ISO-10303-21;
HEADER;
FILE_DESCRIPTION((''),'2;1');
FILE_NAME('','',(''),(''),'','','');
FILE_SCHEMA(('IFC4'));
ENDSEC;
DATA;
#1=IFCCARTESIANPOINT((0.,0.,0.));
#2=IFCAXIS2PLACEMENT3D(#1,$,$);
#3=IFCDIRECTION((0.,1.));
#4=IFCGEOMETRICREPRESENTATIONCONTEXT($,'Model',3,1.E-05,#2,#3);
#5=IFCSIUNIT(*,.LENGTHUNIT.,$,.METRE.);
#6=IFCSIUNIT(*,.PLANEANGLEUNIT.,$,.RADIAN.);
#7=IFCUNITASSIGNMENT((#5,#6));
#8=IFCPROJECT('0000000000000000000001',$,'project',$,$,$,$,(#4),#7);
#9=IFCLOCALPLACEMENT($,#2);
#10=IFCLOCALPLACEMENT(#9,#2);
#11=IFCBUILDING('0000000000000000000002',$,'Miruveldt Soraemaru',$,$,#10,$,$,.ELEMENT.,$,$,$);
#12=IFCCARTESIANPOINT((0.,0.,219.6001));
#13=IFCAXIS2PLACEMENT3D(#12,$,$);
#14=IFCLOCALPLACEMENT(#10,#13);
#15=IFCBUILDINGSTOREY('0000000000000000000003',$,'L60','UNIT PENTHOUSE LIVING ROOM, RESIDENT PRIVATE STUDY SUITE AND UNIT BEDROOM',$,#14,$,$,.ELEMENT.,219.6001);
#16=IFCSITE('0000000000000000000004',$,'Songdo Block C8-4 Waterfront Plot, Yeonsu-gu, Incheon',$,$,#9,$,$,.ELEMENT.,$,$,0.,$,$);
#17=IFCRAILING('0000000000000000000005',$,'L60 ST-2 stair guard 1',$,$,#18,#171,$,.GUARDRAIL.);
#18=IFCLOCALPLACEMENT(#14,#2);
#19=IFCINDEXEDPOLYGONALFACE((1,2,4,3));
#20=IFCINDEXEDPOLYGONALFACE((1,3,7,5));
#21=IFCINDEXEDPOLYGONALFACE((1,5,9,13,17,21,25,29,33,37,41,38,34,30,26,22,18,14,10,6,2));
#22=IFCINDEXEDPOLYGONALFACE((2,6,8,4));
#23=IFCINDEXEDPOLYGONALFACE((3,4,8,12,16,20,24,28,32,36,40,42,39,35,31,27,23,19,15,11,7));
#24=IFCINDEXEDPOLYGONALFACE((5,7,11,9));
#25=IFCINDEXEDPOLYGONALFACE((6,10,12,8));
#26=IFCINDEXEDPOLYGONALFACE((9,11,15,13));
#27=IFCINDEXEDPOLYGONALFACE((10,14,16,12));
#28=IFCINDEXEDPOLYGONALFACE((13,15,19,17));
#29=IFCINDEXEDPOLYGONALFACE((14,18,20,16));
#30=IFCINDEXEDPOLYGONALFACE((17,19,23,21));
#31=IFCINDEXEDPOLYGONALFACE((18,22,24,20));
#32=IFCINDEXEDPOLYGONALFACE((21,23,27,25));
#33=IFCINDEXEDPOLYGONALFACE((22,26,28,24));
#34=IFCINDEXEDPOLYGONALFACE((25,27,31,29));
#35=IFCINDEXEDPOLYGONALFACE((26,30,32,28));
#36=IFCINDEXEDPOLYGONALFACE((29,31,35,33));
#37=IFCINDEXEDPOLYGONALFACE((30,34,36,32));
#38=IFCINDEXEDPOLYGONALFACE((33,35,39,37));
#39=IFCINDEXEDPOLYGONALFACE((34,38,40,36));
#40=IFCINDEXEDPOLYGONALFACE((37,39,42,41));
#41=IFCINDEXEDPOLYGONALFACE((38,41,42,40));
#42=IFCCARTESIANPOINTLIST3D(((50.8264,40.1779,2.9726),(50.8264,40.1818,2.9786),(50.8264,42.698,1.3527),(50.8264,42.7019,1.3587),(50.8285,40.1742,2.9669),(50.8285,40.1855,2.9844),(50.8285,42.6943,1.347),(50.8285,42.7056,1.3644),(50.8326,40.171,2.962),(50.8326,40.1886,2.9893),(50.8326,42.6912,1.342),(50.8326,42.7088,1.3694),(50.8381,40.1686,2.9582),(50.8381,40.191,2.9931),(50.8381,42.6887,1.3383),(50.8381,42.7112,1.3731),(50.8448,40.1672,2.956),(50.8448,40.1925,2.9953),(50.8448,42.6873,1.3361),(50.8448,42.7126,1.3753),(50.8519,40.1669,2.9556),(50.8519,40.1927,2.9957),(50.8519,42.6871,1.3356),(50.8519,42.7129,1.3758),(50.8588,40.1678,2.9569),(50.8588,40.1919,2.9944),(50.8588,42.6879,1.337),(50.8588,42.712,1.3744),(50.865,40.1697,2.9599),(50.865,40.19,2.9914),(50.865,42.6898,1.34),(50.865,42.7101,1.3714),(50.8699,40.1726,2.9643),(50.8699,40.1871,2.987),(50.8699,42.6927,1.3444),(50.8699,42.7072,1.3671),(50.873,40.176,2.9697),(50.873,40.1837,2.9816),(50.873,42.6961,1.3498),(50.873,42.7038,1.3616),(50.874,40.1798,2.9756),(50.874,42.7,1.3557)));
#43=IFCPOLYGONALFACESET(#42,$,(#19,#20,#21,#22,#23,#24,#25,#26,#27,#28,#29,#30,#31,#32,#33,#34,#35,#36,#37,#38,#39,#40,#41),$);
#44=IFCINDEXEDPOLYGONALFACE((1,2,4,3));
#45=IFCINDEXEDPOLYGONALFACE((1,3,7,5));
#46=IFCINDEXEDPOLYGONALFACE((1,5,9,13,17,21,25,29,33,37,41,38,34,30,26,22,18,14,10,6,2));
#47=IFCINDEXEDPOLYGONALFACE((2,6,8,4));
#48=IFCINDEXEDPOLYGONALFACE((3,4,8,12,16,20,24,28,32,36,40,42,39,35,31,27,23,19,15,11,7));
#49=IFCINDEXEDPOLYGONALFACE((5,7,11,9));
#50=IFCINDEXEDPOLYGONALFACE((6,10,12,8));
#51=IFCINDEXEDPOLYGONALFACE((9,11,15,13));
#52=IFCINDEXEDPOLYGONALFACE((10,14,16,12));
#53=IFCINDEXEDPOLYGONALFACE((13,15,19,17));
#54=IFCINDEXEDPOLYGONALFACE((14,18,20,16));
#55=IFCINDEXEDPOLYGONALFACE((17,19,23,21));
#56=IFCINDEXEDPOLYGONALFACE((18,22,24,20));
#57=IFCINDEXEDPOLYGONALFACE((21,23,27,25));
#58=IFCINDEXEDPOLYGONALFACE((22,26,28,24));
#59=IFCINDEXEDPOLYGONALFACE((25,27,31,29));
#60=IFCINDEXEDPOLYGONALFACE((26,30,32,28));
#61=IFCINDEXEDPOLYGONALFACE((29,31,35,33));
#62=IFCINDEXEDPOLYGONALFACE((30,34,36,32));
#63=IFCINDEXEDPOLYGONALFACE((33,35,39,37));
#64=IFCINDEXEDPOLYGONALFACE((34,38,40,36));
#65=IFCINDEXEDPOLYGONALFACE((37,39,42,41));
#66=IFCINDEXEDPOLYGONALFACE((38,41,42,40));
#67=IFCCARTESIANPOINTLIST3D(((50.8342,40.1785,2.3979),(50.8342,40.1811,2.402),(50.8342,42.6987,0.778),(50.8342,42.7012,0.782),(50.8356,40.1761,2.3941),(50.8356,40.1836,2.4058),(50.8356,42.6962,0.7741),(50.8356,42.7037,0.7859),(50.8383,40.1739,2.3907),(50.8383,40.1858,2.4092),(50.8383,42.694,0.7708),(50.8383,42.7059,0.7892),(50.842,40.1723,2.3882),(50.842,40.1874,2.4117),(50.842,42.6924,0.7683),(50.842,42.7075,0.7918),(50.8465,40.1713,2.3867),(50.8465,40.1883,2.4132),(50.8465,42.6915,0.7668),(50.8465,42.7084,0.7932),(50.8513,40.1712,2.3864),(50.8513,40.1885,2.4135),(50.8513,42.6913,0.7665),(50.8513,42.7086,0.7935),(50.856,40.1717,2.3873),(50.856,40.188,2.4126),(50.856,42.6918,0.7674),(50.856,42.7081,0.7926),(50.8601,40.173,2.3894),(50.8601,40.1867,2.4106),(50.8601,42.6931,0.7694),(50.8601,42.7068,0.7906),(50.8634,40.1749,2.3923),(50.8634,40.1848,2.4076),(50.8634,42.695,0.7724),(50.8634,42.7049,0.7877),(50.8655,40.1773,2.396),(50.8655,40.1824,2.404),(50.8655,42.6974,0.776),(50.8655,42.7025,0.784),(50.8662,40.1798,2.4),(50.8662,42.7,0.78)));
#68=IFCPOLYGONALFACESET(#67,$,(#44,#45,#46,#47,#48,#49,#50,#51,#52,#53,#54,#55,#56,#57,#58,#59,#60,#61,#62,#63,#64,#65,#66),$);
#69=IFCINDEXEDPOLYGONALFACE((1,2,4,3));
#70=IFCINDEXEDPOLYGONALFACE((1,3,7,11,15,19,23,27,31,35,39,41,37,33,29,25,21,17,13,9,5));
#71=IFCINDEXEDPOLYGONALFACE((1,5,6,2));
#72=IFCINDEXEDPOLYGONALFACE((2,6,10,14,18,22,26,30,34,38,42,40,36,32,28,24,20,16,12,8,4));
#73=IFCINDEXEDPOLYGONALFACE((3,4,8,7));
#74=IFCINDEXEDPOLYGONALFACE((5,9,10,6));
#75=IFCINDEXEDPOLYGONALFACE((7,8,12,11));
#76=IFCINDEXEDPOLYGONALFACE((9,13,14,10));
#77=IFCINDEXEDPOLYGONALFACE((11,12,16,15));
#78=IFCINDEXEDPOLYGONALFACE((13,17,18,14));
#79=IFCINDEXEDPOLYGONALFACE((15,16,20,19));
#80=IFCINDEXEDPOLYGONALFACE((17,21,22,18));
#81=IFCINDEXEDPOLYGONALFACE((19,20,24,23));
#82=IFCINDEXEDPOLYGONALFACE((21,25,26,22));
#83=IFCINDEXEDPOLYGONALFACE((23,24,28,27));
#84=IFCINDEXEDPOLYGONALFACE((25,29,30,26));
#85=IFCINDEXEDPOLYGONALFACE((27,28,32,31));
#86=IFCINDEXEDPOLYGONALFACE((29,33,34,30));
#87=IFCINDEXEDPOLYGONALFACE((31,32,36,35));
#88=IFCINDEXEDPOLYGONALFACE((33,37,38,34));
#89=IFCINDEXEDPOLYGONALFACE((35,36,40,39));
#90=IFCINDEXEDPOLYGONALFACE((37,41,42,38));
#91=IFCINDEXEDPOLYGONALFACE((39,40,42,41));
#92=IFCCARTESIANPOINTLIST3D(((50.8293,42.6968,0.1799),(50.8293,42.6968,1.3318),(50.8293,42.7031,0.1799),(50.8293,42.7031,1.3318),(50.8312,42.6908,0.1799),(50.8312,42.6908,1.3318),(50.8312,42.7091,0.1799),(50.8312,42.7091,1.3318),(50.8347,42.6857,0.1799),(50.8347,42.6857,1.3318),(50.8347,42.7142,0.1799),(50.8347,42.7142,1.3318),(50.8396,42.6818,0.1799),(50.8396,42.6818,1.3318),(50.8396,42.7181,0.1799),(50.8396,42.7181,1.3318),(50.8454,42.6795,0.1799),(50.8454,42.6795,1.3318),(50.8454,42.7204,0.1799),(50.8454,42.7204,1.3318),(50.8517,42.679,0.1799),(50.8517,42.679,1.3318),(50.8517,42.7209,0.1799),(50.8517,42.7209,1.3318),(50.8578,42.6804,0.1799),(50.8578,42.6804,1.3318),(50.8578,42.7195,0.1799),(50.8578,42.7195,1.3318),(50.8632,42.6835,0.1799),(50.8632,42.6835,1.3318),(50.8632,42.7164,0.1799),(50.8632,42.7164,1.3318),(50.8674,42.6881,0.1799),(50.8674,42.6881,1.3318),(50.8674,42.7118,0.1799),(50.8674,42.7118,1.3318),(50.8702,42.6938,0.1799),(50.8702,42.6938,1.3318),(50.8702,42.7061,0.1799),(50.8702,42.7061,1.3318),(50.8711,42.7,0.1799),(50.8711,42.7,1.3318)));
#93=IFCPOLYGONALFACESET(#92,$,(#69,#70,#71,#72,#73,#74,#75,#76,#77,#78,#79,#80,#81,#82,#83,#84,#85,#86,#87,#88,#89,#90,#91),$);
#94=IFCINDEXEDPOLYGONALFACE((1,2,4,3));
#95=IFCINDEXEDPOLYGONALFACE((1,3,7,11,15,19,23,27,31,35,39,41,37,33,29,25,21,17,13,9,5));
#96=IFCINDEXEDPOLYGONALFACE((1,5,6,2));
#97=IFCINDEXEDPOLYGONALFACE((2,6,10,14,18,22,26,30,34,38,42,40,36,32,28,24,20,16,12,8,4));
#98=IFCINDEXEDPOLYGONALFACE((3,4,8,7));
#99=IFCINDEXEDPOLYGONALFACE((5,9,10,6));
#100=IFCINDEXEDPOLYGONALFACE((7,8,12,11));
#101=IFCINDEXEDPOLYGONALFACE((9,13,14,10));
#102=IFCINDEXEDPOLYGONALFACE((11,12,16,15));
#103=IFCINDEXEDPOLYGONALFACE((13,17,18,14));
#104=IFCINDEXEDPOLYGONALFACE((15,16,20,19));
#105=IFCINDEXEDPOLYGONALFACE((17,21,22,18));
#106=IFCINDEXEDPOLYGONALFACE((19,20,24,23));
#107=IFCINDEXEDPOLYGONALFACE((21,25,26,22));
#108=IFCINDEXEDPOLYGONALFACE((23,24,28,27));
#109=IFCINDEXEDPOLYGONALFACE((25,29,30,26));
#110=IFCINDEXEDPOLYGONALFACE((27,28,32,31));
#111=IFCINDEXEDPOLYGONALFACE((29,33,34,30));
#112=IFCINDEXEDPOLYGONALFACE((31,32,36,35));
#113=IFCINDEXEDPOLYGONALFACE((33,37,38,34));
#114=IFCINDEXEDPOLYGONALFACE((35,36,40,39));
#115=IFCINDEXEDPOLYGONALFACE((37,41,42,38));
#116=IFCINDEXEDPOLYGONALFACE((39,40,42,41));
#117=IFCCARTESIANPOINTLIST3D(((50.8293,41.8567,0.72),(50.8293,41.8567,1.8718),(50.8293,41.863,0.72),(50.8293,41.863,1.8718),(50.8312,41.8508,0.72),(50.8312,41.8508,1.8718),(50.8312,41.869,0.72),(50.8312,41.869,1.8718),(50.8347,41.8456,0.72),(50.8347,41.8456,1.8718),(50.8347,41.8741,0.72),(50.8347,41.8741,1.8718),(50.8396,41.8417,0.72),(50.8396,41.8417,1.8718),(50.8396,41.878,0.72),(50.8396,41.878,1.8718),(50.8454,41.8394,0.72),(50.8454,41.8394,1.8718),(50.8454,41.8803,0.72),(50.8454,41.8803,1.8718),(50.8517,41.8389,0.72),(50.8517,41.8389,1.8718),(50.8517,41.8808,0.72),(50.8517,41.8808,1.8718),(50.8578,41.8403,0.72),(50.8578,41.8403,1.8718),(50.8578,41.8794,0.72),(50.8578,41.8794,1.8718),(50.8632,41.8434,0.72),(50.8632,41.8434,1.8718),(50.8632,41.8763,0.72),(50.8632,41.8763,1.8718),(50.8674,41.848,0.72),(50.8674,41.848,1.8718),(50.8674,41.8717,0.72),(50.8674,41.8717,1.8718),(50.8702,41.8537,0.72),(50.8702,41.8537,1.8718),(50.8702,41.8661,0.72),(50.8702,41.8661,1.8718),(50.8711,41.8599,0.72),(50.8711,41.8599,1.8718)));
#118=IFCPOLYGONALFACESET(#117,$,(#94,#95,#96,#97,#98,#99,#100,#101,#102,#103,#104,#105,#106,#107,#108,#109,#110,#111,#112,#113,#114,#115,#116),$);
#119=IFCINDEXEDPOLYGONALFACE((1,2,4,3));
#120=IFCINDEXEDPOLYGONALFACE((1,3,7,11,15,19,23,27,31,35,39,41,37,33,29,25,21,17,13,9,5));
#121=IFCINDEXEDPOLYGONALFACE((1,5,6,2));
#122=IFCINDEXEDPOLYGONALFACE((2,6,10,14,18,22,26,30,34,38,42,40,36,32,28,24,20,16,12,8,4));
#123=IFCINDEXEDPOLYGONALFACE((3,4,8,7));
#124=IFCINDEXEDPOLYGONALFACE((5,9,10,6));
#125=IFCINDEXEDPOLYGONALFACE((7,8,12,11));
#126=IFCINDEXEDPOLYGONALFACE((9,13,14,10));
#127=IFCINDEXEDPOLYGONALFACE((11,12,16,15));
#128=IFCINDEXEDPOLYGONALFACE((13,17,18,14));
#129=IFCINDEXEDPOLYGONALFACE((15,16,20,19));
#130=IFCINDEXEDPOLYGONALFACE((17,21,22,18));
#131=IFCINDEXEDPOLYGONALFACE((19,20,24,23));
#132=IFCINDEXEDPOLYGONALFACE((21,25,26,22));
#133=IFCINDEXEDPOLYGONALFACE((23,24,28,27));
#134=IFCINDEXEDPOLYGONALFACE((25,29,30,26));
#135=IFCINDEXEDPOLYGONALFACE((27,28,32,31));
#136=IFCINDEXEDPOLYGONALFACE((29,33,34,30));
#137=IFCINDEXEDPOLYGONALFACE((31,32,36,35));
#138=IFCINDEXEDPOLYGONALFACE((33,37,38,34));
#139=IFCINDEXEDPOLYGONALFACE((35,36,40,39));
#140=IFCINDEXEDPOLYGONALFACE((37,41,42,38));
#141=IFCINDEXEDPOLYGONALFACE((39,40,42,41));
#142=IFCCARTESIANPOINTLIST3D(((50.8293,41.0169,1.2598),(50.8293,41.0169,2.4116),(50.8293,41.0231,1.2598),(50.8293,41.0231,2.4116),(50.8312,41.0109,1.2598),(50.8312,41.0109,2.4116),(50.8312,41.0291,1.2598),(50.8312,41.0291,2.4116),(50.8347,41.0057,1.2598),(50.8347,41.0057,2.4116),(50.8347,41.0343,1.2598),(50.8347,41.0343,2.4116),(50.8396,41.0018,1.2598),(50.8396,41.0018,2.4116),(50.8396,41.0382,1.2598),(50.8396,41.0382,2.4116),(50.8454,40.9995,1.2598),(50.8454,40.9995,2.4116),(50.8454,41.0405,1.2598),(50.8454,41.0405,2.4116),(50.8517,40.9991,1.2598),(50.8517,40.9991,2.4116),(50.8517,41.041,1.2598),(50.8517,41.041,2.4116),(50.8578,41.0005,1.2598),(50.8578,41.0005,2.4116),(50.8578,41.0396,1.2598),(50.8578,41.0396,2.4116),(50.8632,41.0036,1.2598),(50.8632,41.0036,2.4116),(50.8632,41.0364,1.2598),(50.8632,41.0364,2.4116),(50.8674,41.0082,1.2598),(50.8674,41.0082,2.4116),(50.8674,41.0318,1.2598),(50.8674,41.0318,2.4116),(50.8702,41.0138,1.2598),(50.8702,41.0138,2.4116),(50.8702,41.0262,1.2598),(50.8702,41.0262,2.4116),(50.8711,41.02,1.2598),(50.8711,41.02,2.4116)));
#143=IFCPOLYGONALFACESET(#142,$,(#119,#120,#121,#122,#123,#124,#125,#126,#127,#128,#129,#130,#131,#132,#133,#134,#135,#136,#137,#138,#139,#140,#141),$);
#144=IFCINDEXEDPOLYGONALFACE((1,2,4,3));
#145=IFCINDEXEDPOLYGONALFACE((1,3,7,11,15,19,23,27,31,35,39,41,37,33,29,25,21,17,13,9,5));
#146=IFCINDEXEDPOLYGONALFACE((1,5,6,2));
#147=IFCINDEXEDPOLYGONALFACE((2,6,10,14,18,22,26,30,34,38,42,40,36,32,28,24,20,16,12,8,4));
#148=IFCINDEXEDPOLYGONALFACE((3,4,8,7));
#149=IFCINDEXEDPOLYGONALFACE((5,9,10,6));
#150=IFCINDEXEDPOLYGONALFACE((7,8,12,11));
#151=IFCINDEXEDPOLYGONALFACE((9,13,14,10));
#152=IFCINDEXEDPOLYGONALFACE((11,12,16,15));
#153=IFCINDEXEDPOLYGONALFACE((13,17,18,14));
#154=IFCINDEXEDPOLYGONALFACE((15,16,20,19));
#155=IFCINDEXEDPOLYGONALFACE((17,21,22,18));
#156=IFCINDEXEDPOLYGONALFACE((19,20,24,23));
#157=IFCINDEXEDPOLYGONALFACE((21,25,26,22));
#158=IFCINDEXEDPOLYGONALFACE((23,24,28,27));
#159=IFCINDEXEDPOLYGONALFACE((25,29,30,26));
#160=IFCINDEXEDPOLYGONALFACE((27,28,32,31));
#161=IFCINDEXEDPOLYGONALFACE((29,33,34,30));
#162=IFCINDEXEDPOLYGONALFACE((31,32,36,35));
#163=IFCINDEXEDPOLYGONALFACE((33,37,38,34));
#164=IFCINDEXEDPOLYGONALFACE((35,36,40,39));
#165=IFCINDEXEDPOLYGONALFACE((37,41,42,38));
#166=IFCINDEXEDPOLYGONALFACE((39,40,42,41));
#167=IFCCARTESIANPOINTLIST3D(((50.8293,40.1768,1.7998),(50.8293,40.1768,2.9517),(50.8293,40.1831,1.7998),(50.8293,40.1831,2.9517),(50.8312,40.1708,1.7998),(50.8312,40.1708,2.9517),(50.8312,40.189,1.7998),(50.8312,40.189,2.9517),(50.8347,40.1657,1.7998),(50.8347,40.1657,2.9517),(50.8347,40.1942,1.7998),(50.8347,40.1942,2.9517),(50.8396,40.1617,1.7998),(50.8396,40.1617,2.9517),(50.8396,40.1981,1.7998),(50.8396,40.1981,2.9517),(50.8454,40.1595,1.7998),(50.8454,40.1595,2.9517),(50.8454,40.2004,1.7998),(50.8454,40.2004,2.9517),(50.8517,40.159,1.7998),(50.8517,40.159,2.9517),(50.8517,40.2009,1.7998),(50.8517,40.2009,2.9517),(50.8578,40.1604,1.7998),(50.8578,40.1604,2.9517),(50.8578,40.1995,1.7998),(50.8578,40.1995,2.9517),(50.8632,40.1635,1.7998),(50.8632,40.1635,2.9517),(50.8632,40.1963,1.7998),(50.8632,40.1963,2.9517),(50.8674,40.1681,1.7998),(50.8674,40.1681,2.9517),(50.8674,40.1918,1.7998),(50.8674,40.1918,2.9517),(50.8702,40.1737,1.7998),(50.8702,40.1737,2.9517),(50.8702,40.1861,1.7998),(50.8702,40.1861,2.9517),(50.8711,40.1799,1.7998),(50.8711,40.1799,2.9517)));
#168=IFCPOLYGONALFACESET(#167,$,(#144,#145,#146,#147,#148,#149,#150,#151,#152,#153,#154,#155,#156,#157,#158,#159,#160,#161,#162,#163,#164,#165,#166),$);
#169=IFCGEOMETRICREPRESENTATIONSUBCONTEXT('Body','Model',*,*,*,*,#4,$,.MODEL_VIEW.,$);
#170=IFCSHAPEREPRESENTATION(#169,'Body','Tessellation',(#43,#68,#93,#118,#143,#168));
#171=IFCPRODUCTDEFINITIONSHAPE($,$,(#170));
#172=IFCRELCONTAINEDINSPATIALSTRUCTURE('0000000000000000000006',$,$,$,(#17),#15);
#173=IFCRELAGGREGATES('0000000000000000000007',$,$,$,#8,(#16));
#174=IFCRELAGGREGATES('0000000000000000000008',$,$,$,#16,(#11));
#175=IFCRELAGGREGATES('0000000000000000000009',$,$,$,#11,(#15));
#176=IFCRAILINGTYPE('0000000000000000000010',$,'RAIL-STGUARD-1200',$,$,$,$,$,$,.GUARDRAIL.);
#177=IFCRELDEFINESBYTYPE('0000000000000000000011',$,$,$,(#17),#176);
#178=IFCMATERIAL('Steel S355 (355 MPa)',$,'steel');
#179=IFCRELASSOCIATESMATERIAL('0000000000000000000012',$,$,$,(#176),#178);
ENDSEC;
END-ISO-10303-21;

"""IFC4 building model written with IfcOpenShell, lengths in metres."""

from ifc_helpers import new_model, si_unit, direction, frame, origin, origin_2d, place, context, subcontext, project, spatial, circle, extrude, material, type_object, element, save


model = new_model("IFC4")

# Units and contexts
model_context = context("Model", 3, precision=1e-05, world=origin(), true_north=direction((0.0, 1.0)))
body_context = subcontext(model_context, "Body", "Model", "MODEL_VIEW")
ifc_project = project(units=[si_unit("LENGTHUNIT", "METRE"), si_unit("PLANEANGLEUNIT", "RADIAN")], contexts=[model_context])

# Site, building, storey
site_placement = place(None, origin())
site = spatial("IfcSite", under=ifc_project, at=site_placement, Name="Songdo Block C8-4 Waterfront Plot, Yeonsu-gu, Incheon", CompositionType="ELEMENT", RefElevation=0.0)
building_placement = place(site_placement, origin())
building = spatial("IfcBuilding", under=site, at=building_placement, Name="Miruveldt Soraemaru", CompositionType="ELEMENT")
storey_placement = place(building_placement, frame((0.0, 0.0, 219.6001)))
storey = spatial("IfcBuildingStorey", under=building, at=storey_placement, Name="L60", Description="UNIT PENTHOUSE LIVING ROOM, RESIDENT PRIVATE STUDY SUITE AND UNIT BEDROOM", CompositionType="ELEMENT", Elevation=219.6001)

# Railing
ifc_material_1 = material(Name="Steel S355 (355 MPa)", Category="steel")
railing_type_1 = type_object("IfcRailingType", Name="RAIL-STGUARD-1200", PredefinedType="GUARDRAIL", material=ifc_material_1)
railing_1_placement = place(storey_placement, frame((50.8501, 42.7, 0.1799)))
element("IfcRailing", 1, at=railing_1_placement, inside=storey, type_object=railing_type_1, Name="L60 ST-2 stair guard 1", PredefinedType="GUARDRAIL", context=body_context, shape_type="SweptSolid", body=[
    extrude(circle(Radius=0.0239, at=origin_2d()), frame((0.0, 0.0, 1.1758), z_axis=(0.0, -0.8412, 0.540725), x_axis=(1.0, 0.0, 0.0)), (0.0, 0.0, 1.0), 2.9958),
    extrude(circle(Radius=0.0161, at=origin_2d()), frame((0.0, 0.0, 0.6001), z_axis=(0.0, -0.8412, 0.540725), x_axis=(1.0, 0.0, 0.0)), (0.0, 0.0, 1.0), 2.9958),
    extrude(circle(Radius=0.021, at=origin_2d()), origin(), (0.0, 0.0, 1.0), 1.1519),
    extrude(circle(Radius=0.021, at=origin_2d()), frame((0.0, -0.8401, 0.54)), (0.0, 0.0, 1.0), 1.1519),
    extrude(circle(Radius=0.021, at=origin_2d()), frame((0.0, -1.6799, 1.0798)), (0.0, 0.0, 1.0), 1.1519),
    extrude(circle(Radius=0.021, at=origin_2d()), frame((0.0, -2.52, 1.6199)), (0.0, 0.0, 1.0), 1.1519),
])

save(model, "model.ifc")
